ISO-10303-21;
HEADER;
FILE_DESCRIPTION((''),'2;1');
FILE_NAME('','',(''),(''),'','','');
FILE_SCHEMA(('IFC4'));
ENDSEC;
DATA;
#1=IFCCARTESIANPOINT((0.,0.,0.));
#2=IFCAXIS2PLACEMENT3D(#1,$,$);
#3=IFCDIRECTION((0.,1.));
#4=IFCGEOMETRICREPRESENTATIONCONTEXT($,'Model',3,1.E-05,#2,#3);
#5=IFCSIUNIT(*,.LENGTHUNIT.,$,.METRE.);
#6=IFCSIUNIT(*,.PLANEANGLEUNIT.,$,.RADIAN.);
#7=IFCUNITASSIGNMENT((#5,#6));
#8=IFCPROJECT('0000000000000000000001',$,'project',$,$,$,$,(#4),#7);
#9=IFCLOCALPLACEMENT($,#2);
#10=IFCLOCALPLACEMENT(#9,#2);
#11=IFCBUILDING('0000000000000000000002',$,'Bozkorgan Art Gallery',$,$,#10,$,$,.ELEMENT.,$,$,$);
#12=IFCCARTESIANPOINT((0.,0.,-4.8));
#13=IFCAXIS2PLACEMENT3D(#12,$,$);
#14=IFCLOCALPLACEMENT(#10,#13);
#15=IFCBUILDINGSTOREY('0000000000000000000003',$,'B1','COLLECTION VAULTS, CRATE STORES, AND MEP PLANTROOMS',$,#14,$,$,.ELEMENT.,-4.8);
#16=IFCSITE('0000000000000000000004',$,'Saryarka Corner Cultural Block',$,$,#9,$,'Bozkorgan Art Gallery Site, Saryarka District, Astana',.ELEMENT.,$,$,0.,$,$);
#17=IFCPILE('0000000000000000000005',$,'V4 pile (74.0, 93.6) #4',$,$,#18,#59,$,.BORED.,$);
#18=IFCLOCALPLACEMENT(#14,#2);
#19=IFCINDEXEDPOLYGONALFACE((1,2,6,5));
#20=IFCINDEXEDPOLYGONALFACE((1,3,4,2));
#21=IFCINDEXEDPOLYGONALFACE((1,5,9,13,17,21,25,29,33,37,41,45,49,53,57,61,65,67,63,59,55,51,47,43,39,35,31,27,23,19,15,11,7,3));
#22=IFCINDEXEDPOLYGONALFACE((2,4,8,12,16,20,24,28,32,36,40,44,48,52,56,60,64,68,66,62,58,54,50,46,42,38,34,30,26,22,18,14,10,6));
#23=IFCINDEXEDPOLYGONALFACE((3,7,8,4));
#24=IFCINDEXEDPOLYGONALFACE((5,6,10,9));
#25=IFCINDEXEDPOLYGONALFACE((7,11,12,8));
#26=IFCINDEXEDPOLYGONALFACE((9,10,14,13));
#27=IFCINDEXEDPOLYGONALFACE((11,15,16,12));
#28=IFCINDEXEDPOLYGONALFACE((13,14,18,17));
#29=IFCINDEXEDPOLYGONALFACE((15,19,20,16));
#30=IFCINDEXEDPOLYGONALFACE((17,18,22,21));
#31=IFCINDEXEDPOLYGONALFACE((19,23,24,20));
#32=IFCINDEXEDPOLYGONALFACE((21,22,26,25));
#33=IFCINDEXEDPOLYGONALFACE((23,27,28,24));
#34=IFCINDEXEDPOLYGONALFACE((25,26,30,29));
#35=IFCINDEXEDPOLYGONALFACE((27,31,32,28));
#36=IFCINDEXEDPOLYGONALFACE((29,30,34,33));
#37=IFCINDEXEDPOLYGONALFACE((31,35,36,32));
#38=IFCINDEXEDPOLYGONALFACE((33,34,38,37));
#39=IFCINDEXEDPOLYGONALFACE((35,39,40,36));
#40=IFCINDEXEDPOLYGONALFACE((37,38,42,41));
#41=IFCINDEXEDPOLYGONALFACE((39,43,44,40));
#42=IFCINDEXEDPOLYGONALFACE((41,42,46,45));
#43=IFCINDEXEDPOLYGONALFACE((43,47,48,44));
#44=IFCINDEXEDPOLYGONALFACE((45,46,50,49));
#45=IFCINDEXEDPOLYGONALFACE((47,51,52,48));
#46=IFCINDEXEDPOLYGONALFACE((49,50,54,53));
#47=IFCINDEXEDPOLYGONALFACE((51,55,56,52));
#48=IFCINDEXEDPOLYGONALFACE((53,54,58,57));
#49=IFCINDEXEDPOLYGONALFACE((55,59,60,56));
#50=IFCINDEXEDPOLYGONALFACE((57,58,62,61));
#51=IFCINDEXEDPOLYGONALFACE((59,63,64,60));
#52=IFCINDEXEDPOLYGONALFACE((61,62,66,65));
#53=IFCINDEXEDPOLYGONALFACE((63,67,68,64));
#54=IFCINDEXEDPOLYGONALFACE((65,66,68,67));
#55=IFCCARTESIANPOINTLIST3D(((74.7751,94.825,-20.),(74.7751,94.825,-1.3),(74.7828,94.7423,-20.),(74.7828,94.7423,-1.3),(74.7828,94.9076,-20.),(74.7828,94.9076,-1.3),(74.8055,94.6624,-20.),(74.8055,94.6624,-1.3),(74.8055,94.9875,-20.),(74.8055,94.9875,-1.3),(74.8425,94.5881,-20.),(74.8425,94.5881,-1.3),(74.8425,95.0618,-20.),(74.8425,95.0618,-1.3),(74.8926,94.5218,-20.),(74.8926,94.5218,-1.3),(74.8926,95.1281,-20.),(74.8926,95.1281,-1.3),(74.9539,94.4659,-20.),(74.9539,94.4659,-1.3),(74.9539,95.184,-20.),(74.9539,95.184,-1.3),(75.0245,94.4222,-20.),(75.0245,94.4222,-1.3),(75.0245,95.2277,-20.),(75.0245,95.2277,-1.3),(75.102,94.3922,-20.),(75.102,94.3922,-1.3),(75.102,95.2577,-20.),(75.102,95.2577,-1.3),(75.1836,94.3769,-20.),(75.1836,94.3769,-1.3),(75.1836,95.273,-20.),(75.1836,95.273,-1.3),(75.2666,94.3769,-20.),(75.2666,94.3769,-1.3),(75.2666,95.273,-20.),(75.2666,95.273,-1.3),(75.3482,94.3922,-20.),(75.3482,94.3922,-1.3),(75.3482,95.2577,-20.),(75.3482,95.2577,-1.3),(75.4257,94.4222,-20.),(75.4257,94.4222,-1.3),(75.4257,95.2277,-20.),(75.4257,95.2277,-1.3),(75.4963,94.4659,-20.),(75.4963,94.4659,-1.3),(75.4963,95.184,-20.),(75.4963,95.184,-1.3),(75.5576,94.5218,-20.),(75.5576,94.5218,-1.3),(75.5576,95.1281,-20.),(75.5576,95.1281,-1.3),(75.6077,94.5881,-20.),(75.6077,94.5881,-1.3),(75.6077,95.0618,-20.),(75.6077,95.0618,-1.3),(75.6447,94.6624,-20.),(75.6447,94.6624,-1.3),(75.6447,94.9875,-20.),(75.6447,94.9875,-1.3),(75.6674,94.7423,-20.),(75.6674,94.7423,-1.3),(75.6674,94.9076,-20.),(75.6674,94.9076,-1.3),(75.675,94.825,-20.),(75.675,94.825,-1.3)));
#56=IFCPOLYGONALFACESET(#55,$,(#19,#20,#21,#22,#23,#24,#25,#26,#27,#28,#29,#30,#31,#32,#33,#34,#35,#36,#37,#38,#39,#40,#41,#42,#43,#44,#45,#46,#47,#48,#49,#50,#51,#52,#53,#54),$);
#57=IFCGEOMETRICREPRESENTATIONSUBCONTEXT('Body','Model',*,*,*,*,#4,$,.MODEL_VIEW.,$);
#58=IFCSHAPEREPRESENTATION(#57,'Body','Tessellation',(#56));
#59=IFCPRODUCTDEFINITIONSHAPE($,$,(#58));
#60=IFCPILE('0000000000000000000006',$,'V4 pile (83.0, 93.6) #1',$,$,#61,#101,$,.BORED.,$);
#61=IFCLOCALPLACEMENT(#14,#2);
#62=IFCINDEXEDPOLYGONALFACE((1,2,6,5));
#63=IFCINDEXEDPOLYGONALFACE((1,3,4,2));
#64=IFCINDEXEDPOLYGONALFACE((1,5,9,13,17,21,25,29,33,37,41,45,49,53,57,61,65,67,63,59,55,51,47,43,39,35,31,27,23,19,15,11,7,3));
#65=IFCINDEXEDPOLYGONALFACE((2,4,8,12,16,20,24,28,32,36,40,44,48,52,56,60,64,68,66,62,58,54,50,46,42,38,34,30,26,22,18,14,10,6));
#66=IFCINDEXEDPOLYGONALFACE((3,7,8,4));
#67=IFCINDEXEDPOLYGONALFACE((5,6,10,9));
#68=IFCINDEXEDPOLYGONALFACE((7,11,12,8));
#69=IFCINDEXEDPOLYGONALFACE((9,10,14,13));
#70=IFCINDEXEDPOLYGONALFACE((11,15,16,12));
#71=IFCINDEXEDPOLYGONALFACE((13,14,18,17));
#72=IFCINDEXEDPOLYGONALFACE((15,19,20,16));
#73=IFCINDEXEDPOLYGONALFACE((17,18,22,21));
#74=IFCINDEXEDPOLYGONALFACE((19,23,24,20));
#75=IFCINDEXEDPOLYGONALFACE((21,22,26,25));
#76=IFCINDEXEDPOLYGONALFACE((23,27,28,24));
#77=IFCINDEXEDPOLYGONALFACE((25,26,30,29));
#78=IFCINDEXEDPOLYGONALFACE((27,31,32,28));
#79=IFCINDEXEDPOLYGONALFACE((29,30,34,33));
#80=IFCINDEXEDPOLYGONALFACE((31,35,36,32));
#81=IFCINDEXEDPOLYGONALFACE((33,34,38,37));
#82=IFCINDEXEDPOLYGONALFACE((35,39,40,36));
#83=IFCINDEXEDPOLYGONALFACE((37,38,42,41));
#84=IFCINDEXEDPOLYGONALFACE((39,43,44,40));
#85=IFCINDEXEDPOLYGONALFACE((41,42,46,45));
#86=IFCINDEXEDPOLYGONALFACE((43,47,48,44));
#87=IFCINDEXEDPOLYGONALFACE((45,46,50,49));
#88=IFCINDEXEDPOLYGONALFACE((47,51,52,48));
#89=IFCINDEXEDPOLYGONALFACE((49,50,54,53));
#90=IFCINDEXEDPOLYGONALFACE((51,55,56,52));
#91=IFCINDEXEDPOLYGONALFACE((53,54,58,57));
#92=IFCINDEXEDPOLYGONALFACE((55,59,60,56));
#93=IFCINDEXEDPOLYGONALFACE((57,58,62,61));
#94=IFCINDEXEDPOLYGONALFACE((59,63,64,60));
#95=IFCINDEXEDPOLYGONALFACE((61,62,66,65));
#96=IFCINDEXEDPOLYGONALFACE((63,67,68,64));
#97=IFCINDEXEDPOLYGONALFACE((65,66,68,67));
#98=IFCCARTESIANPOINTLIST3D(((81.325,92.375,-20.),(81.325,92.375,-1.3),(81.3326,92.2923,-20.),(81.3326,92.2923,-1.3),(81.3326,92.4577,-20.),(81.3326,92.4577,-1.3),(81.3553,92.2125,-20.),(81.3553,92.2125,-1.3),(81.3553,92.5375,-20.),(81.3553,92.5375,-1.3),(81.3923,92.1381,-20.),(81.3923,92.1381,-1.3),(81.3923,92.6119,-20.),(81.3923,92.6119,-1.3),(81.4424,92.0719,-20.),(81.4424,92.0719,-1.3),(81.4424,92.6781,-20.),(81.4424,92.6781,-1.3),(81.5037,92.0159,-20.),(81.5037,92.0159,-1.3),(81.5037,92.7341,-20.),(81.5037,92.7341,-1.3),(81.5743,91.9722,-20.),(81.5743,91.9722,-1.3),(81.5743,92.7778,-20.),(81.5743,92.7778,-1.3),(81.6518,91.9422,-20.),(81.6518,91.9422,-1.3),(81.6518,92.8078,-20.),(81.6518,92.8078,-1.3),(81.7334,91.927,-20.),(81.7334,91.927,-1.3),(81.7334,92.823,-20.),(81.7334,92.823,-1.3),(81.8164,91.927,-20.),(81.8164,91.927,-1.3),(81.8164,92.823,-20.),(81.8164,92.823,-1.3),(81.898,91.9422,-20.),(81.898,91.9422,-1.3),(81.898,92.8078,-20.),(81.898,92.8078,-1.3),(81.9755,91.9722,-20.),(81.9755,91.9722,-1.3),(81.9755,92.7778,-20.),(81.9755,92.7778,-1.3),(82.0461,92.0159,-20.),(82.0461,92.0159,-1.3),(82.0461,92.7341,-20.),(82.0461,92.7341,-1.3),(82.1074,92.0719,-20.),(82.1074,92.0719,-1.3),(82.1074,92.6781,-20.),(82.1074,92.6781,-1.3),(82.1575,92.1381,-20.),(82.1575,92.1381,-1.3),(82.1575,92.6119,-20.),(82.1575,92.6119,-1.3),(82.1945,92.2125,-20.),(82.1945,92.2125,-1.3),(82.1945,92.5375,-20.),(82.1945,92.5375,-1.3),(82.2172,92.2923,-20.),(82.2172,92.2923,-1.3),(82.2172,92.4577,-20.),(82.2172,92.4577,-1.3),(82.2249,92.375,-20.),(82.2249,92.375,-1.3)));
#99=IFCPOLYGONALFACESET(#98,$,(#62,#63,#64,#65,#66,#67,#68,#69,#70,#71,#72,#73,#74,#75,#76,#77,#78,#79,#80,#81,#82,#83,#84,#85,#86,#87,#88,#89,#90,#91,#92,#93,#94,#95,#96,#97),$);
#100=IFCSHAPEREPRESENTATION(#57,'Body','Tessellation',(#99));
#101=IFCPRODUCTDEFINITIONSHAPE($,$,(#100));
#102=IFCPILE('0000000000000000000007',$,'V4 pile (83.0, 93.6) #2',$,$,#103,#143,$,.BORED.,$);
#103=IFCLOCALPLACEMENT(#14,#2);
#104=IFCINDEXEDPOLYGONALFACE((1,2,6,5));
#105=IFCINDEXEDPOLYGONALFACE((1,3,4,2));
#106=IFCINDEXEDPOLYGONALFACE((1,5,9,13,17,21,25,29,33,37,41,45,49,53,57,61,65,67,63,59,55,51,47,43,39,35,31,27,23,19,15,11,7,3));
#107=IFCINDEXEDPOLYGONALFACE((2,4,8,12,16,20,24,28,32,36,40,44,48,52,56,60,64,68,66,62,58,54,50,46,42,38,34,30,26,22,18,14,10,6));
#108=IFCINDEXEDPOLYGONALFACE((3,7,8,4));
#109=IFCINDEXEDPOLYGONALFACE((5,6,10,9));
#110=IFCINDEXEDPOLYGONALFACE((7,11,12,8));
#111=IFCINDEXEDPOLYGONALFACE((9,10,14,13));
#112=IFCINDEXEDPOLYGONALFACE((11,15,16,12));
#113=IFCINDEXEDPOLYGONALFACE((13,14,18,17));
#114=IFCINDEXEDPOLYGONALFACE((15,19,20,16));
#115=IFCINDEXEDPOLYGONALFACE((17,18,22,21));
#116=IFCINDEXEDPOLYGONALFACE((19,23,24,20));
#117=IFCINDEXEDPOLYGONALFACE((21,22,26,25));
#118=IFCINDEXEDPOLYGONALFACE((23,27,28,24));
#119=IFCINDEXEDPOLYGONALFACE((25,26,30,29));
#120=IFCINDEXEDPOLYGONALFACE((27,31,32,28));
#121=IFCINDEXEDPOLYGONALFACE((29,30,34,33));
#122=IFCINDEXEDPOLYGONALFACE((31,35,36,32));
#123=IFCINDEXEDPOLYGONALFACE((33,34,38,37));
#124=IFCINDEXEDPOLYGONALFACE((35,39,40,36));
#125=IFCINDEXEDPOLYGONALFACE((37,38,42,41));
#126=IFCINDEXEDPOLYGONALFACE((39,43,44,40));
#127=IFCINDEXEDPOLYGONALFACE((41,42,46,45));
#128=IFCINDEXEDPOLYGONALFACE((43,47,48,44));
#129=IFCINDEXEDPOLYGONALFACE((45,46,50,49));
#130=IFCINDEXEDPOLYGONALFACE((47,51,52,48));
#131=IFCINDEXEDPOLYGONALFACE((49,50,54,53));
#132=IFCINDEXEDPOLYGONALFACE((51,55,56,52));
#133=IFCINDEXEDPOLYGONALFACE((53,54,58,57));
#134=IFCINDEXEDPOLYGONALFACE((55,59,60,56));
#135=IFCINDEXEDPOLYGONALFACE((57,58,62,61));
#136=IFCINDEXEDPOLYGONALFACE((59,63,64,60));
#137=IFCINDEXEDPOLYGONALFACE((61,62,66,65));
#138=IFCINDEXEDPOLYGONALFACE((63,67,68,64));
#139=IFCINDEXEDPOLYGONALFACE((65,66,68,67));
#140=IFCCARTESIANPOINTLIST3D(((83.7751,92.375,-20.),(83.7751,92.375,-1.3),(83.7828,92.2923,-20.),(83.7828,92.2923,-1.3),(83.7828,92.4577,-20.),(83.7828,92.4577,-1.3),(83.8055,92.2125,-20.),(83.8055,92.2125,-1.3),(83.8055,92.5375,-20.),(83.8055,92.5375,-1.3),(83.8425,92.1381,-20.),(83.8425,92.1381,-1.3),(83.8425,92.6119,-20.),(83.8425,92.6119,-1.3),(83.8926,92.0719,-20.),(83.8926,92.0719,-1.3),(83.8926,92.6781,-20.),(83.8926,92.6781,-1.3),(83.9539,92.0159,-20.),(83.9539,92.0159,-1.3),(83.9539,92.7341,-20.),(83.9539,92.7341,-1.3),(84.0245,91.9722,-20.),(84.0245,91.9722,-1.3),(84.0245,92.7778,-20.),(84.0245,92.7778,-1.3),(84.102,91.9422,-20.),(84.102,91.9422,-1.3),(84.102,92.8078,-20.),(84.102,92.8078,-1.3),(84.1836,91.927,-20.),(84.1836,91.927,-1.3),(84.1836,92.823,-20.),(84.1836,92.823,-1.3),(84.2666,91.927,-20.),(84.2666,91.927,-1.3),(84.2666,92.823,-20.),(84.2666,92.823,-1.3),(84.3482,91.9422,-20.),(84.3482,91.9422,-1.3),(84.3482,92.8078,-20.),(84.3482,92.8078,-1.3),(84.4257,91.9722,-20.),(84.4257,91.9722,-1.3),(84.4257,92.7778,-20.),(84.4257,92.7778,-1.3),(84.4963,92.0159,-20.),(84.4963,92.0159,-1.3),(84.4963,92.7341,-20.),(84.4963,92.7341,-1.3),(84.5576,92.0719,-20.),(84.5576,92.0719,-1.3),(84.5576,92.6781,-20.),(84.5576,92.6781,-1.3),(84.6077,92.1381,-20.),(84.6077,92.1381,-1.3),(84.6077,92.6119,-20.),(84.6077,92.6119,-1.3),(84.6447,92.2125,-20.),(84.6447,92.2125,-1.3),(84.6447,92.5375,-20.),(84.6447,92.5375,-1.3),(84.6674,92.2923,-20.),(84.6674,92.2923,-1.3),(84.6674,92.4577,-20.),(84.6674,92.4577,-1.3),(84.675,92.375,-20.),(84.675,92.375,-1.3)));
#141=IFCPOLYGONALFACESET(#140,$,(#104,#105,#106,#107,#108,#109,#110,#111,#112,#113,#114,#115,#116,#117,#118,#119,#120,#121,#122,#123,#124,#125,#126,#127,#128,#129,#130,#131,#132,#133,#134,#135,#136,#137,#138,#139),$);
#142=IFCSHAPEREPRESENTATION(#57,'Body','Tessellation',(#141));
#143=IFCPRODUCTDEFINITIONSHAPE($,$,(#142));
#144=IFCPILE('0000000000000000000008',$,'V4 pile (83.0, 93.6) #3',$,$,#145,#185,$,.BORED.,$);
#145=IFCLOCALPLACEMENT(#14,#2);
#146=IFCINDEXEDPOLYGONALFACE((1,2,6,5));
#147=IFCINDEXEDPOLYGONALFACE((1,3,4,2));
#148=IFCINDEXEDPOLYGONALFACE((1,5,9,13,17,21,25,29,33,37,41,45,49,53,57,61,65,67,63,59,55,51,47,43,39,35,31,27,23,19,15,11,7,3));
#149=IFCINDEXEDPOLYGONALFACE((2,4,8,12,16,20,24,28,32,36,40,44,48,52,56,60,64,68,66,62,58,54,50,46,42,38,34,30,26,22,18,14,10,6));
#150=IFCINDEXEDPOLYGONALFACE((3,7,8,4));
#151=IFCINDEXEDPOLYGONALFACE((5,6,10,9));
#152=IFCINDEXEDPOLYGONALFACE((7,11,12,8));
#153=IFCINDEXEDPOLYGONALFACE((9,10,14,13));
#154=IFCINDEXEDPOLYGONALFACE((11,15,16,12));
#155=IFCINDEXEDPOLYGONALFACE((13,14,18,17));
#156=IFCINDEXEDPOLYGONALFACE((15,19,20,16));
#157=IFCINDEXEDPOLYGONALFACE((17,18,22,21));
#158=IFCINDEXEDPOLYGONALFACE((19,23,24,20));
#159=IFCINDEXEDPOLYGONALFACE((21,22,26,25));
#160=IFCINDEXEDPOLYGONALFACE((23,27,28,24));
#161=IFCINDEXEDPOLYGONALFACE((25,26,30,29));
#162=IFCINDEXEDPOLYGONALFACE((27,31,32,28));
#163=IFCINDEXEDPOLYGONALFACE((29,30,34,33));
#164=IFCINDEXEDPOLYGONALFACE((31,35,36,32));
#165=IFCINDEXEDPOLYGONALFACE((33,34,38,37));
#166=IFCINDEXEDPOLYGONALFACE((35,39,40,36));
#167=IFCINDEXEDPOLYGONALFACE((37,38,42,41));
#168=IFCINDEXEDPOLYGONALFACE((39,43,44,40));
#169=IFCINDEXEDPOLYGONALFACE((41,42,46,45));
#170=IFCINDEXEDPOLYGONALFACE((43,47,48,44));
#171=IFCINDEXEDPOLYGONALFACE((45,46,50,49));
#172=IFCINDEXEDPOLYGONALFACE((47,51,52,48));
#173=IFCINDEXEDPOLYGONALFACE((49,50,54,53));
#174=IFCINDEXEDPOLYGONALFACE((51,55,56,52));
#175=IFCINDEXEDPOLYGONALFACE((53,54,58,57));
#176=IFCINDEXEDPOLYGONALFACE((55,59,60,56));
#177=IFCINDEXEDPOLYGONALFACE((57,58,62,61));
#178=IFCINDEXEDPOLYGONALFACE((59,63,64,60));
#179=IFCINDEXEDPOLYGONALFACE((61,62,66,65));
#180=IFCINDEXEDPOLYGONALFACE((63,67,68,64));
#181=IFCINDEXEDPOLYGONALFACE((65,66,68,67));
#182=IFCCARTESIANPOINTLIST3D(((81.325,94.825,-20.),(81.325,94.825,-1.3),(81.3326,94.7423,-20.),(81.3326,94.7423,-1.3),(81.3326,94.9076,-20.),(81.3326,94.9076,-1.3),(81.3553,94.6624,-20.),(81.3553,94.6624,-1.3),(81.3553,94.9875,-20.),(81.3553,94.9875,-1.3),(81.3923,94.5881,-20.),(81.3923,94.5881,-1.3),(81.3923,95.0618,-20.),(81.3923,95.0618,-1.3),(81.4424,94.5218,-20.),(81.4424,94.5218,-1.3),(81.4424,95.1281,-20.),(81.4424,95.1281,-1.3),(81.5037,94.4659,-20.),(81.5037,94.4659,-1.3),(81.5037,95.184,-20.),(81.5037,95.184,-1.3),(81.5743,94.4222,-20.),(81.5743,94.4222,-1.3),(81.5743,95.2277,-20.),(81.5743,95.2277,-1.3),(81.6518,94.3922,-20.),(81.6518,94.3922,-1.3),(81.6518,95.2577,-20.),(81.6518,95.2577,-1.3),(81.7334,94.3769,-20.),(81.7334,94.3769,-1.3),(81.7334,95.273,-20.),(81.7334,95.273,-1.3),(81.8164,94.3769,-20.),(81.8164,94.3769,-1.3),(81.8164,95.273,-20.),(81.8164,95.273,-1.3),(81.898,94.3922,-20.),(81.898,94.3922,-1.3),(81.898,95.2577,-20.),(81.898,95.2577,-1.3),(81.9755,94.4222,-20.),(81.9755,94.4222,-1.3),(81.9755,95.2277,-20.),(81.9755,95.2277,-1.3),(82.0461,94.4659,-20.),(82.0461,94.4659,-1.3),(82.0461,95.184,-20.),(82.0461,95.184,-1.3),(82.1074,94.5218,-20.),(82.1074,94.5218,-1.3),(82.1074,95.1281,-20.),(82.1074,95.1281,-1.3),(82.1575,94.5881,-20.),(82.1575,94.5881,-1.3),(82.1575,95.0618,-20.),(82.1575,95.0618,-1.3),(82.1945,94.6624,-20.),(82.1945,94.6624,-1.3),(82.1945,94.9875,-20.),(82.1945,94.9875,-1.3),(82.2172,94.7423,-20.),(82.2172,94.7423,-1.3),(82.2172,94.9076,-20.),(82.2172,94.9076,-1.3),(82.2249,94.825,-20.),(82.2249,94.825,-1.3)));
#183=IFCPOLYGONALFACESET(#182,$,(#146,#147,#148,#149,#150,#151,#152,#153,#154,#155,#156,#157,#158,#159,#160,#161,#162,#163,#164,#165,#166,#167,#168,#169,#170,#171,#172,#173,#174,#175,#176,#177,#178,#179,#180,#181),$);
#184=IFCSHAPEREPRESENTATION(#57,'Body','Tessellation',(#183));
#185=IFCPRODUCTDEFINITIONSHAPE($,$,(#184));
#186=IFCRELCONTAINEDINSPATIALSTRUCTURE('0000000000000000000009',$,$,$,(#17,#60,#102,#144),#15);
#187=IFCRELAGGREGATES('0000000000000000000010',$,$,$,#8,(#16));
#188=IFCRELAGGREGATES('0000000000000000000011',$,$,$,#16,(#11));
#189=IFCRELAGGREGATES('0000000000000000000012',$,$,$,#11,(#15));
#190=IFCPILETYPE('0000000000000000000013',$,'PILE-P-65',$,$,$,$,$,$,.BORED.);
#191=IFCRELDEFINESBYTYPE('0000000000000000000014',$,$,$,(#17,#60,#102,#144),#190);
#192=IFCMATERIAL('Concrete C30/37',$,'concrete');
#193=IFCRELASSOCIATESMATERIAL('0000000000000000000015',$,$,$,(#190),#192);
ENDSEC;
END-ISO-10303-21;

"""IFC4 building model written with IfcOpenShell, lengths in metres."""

from ifc_helpers import new_model, si_unit, direction, frame, origin, origin_2d, place, context, subcontext, project, spatial, circle, extrude, material, material_profile, profile_set, type_object, element, save


model = new_model("IFC4")

# Units and contexts
model_context = context("Model", 3, precision=1e-05, world=origin(), true_north=direction((0.0, 1.0)))
body_context = subcontext(model_context, "Body", "Model", "MODEL_VIEW")
ifc_project = project(units=[si_unit("LENGTHUNIT", "METRE"), si_unit("PLANEANGLEUNIT", "RADIAN")], contexts=[model_context])

# Site, building, storey
site_placement = place(None, origin())
site = spatial("IfcSite", under=ifc_project, at=site_placement, Name="Saryarka Corner Cultural Block", LongName="Bozkorgan Art Gallery Site, Saryarka District, Astana", CompositionType="ELEMENT", RefElevation=0.0)
building_placement = place(site_placement, origin())
building = spatial("IfcBuilding", under=site, at=building_placement, Name="Bozkorgan Art Gallery", CompositionType="ELEMENT")
storey_placement = place(building_placement, frame((0.0, 0.0, -4.8)))
storey = spatial("IfcBuildingStorey", under=building, at=storey_placement, Name="B1", Description="COLLECTION VAULTS, CRATE STORES, AND MEP PLANTROOMS", CompositionType="ELEMENT", Elevation=-4.8)

# Shared definitions
ifc_material_1 = material(Name="Concrete C30/37", Category="concrete")

# Piles
ifc_material_profile_1 = material_profile(ifc_material_1, circle(Radius=0.45, at=origin_2d()), Name="PILE D900")
ifc_profile_set_1 = profile_set([ifc_material_profile_1], Name="Concrete C30/37")
pile_type_1 = type_object("IfcPileType", Name="PILE-P-65", PredefinedType="BORED", material=ifc_profile_set_1)
for number, where, z_axis, x_axis, name in (
    (1, (75.2251, 94.825, -1.3), (0.0, 0.0, -1.0), (1.0, 0.0, 0.0), "V4 pile (74.0, 93.6) #4"),
    (2, (81.7749, 92.375, -1.3), (0.0, 0.0, -1.0), (1.0, 0.0, 0.0), "V4 pile (83.0, 93.6) #1"),
    (3, (84.2251, 92.375, -1.3), (0.0, 0.0, -1.0), (1.0, 0.0, 0.0), "V4 pile (83.0, 93.6) #2"),
    (4, (81.7749, 94.825, -1.3), (0.0, 0.0, -1.0), (1.0, 0.0, 0.0), "V4 pile (83.0, 93.6) #3"),
):
    element("IfcPile", number, at=place(storey_placement, frame(where, z_axis=z_axis, x_axis=x_axis)), inside=storey, type_object=pile_type_1, Name=name, PredefinedType="BORED", context=body_context, shape_type="SweptSolid", body=[
        extrude(circle(Radius=0.45, at=origin_2d()), origin(), (0.0, 0.0, 1.0), 18.7),
    ])

save(model, "model.ifc")
